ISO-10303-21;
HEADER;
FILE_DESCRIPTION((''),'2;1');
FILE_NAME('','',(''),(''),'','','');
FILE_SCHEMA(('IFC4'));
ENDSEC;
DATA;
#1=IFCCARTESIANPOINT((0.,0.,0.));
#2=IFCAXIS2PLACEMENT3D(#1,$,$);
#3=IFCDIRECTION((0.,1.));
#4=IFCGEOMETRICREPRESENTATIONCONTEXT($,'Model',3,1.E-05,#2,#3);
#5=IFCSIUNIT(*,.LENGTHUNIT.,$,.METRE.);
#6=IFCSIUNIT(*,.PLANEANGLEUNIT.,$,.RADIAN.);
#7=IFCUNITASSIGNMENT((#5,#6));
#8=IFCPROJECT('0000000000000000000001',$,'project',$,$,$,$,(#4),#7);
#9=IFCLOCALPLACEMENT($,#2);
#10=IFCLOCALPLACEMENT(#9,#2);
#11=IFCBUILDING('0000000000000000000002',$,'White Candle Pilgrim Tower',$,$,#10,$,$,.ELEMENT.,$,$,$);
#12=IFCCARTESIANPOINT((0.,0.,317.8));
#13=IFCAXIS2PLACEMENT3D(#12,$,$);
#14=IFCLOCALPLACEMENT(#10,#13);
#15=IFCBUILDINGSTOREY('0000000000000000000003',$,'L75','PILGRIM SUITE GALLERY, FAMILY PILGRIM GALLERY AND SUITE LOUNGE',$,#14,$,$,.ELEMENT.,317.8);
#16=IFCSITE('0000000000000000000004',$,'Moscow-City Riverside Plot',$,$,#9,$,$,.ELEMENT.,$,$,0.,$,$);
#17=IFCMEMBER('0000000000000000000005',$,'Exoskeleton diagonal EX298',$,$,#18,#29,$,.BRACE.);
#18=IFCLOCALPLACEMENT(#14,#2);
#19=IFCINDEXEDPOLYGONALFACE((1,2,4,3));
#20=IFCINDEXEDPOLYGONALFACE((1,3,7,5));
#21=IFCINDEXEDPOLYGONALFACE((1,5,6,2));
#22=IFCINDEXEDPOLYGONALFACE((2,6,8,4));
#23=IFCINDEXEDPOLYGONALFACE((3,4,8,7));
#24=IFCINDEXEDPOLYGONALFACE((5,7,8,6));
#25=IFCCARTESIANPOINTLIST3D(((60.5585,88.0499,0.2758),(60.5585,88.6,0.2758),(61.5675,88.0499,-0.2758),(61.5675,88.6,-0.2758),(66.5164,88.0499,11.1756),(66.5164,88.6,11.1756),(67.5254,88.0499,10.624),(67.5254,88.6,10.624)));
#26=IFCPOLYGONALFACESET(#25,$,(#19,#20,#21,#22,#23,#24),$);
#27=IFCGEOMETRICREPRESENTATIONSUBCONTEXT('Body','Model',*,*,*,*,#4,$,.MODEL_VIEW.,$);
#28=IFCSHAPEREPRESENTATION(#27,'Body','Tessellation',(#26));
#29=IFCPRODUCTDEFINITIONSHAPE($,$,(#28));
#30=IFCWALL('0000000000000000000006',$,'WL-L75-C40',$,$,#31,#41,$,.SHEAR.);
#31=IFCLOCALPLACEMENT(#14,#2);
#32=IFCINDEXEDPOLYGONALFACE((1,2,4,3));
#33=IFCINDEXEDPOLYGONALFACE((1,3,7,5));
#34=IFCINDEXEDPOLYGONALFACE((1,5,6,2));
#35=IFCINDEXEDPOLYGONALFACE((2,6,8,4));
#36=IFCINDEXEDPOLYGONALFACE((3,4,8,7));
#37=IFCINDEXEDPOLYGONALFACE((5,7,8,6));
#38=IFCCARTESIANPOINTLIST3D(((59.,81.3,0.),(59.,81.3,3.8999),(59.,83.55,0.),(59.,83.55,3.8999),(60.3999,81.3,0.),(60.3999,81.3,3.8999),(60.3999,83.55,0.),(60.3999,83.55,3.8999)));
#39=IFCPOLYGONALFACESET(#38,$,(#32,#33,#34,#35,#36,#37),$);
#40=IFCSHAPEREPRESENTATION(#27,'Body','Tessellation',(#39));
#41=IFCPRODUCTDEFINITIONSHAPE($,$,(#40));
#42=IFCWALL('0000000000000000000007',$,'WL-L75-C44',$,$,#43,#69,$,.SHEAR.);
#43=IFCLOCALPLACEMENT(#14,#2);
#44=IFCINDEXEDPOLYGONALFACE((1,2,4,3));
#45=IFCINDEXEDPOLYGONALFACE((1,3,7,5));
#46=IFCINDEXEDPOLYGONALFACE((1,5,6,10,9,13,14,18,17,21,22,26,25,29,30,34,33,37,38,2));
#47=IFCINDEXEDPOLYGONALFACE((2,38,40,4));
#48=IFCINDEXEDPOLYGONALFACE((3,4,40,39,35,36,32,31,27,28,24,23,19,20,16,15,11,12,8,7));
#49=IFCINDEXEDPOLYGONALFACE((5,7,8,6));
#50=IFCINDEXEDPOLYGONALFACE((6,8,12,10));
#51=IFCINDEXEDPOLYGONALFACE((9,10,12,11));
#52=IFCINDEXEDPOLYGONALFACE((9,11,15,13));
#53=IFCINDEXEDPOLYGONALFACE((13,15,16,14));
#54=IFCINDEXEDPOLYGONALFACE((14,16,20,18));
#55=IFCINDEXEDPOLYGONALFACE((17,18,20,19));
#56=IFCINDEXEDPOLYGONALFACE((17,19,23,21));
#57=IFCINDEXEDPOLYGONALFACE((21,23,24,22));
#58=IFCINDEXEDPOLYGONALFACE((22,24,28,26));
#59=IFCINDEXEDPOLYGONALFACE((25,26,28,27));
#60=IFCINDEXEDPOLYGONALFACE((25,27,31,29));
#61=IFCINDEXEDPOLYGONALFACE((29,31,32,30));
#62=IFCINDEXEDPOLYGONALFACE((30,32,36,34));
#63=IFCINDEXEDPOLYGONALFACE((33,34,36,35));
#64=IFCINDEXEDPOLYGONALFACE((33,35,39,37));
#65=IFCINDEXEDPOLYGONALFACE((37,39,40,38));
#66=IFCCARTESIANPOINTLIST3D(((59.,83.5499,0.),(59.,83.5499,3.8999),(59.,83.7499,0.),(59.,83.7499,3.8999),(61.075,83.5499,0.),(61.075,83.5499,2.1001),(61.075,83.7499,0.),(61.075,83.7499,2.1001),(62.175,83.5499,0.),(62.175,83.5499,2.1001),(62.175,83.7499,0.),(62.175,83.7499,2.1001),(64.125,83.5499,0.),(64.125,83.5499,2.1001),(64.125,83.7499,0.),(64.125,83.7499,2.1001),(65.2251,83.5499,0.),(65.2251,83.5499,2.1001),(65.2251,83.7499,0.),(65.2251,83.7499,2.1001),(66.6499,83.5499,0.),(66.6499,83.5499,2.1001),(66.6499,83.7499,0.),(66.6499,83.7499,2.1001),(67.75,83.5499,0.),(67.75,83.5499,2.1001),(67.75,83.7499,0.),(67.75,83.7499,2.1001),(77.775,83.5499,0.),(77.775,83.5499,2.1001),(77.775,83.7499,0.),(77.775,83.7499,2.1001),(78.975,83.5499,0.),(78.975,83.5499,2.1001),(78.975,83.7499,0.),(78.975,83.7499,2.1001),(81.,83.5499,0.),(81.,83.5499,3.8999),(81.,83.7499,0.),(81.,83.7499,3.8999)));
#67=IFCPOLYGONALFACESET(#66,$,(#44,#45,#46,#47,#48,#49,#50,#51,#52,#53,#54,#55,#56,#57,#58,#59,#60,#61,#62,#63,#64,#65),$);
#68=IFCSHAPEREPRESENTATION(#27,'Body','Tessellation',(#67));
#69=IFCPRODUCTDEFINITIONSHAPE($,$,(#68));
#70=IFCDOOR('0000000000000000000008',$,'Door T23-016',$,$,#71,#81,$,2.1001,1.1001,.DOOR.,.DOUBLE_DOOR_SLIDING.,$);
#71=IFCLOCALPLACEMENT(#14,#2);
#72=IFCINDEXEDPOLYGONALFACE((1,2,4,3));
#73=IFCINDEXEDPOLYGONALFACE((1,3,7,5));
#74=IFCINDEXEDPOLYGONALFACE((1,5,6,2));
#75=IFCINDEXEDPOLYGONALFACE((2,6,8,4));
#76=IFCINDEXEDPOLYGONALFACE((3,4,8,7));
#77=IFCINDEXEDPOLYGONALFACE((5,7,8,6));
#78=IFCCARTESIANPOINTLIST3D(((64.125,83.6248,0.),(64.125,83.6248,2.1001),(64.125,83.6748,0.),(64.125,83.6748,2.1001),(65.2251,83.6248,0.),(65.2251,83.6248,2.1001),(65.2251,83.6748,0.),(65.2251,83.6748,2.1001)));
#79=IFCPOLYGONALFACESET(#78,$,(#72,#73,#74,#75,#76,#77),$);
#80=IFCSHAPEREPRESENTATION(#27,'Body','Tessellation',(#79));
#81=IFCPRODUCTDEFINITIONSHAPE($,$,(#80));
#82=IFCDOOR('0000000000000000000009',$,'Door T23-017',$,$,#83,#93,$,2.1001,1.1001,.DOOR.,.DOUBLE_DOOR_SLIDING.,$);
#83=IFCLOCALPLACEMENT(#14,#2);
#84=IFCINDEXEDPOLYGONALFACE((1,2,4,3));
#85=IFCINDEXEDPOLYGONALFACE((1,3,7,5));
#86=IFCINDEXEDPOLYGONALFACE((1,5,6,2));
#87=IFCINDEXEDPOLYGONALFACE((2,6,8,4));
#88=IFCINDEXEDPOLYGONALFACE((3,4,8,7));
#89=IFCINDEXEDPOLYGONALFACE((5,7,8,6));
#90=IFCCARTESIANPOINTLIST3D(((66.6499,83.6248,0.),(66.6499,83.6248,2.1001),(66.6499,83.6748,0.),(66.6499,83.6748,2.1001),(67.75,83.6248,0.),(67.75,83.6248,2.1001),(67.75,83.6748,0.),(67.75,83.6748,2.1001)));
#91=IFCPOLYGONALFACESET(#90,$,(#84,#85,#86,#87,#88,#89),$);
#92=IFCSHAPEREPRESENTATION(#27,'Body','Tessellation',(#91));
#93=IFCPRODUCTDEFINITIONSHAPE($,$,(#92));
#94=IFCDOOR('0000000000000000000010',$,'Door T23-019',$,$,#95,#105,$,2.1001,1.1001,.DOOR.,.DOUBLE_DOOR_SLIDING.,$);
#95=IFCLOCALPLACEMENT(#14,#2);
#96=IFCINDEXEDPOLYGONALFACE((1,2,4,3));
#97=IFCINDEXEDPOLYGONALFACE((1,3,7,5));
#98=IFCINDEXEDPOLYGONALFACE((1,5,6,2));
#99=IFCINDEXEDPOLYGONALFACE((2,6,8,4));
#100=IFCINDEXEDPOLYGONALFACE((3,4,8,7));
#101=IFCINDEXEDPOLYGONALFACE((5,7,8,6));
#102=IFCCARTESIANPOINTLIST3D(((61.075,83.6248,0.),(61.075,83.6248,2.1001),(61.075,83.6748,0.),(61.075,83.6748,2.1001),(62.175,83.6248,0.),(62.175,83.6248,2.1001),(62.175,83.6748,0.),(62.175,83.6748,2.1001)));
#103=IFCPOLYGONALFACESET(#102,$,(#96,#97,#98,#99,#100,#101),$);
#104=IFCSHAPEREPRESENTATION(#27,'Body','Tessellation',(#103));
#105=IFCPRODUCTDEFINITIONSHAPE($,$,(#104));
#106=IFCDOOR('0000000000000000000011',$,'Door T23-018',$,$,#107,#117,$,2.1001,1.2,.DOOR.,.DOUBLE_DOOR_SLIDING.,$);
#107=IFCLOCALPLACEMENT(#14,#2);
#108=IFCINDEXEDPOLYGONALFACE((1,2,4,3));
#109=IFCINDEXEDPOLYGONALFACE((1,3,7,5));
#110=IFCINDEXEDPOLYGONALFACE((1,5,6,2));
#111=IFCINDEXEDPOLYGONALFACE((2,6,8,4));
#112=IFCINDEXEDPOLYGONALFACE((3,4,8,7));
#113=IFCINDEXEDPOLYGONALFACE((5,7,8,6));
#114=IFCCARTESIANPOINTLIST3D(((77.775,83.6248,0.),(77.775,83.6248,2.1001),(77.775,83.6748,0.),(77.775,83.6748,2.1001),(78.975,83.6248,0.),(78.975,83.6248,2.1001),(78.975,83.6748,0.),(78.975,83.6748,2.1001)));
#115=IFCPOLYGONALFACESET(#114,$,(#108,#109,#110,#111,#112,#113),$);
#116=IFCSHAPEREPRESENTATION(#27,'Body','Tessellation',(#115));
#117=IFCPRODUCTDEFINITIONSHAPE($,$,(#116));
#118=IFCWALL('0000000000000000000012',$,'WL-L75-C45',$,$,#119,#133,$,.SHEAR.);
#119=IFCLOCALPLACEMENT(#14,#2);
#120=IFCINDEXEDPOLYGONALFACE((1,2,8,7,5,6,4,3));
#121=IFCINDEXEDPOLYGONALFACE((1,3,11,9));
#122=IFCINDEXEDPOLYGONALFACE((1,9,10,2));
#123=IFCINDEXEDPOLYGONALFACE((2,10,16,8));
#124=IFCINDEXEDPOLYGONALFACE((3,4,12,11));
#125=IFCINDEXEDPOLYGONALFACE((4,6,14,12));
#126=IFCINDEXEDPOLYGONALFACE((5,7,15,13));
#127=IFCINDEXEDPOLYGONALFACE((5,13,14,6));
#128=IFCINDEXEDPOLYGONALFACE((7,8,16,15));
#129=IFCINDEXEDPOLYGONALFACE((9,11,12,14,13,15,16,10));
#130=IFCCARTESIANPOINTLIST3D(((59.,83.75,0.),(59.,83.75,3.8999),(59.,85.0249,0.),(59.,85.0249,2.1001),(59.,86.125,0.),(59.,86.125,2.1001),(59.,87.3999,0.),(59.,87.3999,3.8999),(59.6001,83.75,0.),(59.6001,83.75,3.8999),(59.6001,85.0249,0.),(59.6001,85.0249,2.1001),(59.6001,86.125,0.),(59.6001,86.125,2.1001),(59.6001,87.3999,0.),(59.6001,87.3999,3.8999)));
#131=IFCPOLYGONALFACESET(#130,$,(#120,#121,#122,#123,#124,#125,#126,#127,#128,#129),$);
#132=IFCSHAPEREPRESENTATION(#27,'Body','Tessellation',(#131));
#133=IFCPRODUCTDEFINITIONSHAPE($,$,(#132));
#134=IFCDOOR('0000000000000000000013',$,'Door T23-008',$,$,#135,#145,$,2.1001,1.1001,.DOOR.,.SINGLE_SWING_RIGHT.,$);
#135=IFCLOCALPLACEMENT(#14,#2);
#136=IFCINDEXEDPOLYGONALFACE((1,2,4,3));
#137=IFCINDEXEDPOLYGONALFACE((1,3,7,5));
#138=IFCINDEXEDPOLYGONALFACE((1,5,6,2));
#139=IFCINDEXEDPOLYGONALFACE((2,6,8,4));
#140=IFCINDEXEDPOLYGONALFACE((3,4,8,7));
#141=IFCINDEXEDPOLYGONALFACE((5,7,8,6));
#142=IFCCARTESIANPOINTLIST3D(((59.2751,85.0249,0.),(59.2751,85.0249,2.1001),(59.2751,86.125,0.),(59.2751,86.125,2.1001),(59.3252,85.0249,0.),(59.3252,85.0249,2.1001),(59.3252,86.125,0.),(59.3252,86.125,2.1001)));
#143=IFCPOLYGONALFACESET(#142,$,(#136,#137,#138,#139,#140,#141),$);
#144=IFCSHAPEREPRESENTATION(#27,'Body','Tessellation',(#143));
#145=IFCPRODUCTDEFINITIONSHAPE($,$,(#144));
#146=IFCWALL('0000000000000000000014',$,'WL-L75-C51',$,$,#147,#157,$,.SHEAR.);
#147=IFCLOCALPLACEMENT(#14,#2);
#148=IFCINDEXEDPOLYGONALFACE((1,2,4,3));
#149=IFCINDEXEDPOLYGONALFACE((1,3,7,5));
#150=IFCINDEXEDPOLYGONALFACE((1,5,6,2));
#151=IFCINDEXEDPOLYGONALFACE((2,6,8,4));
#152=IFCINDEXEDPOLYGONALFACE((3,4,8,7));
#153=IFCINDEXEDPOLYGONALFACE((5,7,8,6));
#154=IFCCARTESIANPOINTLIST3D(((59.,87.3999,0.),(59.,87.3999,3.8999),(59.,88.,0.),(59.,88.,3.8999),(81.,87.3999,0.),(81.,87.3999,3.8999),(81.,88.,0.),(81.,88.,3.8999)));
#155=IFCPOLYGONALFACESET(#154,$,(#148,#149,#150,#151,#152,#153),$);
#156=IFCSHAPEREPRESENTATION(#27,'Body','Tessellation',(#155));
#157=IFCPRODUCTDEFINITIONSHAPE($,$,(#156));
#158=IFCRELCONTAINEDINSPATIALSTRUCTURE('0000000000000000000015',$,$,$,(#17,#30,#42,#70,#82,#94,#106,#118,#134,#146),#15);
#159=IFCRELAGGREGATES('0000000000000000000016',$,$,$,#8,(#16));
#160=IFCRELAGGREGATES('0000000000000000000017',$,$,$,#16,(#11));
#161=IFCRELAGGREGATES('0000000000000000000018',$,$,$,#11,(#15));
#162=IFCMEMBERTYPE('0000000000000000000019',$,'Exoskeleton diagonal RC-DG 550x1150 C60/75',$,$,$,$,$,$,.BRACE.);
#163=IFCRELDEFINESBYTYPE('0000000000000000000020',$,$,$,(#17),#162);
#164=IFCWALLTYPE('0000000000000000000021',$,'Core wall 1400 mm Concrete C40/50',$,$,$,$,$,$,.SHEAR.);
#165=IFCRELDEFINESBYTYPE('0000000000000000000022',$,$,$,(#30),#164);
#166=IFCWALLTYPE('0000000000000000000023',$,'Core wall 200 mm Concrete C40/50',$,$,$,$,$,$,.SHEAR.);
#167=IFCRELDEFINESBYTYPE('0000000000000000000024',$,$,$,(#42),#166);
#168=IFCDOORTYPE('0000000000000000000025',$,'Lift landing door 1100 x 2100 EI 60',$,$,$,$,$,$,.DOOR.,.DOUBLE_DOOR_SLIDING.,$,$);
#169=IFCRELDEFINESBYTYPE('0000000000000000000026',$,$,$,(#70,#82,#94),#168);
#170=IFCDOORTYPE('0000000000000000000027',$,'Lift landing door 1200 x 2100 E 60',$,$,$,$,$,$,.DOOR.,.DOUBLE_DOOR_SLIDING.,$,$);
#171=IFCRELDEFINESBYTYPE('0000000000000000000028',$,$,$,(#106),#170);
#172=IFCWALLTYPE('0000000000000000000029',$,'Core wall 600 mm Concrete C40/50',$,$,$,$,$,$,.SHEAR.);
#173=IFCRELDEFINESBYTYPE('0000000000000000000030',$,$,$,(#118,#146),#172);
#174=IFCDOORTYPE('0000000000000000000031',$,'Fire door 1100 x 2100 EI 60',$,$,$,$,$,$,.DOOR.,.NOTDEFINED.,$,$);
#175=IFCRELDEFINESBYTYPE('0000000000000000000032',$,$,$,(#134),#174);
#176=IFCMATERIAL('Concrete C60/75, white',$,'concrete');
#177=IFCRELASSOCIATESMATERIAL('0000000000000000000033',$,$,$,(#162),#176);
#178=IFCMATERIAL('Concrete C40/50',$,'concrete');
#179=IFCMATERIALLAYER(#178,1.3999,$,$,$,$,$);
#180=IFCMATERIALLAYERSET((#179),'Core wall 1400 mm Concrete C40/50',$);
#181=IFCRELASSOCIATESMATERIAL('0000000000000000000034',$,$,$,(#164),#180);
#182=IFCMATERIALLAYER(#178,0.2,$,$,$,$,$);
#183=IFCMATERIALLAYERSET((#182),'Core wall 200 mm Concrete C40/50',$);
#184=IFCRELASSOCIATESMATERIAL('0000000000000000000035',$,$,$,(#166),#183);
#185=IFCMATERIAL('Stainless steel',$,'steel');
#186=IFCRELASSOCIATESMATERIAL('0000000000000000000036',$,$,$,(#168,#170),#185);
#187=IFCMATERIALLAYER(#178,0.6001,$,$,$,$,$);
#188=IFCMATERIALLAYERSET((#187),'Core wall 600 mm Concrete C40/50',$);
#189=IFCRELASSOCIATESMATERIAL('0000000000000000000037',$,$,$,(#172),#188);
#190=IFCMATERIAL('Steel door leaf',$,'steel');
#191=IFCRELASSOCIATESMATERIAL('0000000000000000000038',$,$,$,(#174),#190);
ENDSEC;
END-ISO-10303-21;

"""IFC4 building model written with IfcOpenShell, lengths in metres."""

from ifc_helpers import new_model, si_unit, direction, frame, frame_2d, origin, origin_2d, place, context, subcontext, project, spatial, rectangle, extrude, material, layer, layer_set, material_profile, profile_set, type_object, element, fill, save


model = new_model("IFC4")

# Units and contexts
model_context = context("Model", 3, precision=1e-05, world=origin(), true_north=direction((0.0, 1.0)))
body_context = subcontext(model_context, "Body", "Model", "MODEL_VIEW")
ifc_project = project(units=[si_unit("LENGTHUNIT", "METRE"), si_unit("PLANEANGLEUNIT", "RADIAN")], contexts=[model_context])

# Site, building, storey
site_placement = place(None, origin())
site = spatial("IfcSite", under=ifc_project, at=site_placement, Name="Moscow-City Riverside Plot", CompositionType="ELEMENT", RefElevation=0.0)
building_placement = place(site_placement, origin())
building = spatial("IfcBuilding", under=site, at=building_placement, Name="White Candle Pilgrim Tower", CompositionType="ELEMENT")
storey_placement = place(building_placement, frame((0.0, 0.0, 317.8)))
storey = spatial("IfcBuildingStorey", under=building, at=storey_placement, Name="L75", Description="PILGRIM SUITE GALLERY, FAMILY PILGRIM GALLERY AND SUITE LOUNGE", CompositionType="ELEMENT", Elevation=317.8)

# Member
ifc_material_1 = material(Name="Concrete C60/75, white", Category="concrete")
ifc_material_profile = material_profile(ifc_material_1, rectangle(XDim=0.55, YDim=1.1499, at=origin_2d()), Name="RC-DG 550x1150")
ifc_profile_set = profile_set([ifc_material_profile], Name="Concrete C60/75, white")
member_type = type_object("IfcMemberType", Name="Exoskeleton diagonal RC-DG 550x1150 C60/75", PredefinedType="BRACE", material=ifc_profile_set)
member_placement = place(storey_placement, frame((61.063, 88.325, 0.0), z_axis=(0.479634, 0.0, 0.877469), x_axis=(0.0, 1.0, 0.0)))
element("IfcMember", 1, at=member_placement, inside=storey, type_object=member_type, Name="Exoskeleton diagonal EX298", PredefinedType="BRACE", context=body_context, shape_type="SweptSolid", body=[
    extrude(rectangle(XDim=0.55, YDim=1.1499, at=origin_2d()), origin(), (0.0, 0.0, 1.0), 12.4219),
])

# Wall
ifc_material_2 = material(Name="Concrete C40/50", Category="concrete")
ifc_layer_1 = layer(ifc_material_2, 1.3999)
ifc_layer_set_1 = layer_set([ifc_layer_1], Name="Core wall 1400 mm Concrete C40/50")
wall_type_1 = type_object("IfcWallType", Name="Core wall 1400 mm Concrete C40/50", PredefinedType="SHEAR", material=ifc_layer_set_1)
wall_1_placement = place(storey_placement, frame((59.7, 81.3, 0.0), z_axis=(0.0, 0.0, 1.0), x_axis=(0.0, 1.0, 0.0)))
element("IfcWall", 2, at=wall_1_placement, inside=storey, type_object=wall_type_1, Name="WL-L75-C40", PredefinedType="SHEAR", context=body_context, shape_type="SweptSolid", body=[
    extrude(rectangle(XDim=2.25, YDim=1.3999, at=frame_2d((1.125, 0.0))), origin(), (0.0, 0.0, 1.0), 3.8999),
])

# Wall, openings, doors
ifc_layer_2 = layer(ifc_material_2, 0.2)
ifc_layer_set_2 = layer_set([ifc_layer_2], Name="Core wall 200 mm Concrete C40/50")
wall_type_2 = type_object("IfcWallType", Name="Core wall 200 mm Concrete C40/50", PredefinedType="SHEAR", material=ifc_layer_set_2)
wall_2_placement = place(storey_placement, frame((59.0, 83.6499, 0.0), z_axis=(0.0, 0.0, 1.0), x_axis=(1.0, 0.0, 0.0)))
wall_2 = element("IfcWall", 3, at=wall_2_placement, inside=storey, type_object=wall_type_2, Name="WL-L75-C44", PredefinedType="SHEAR", context=body_context, shape_type="SweptSolid", body=[
    extrude(rectangle(XDim=22.0, YDim=0.2, at=frame_2d((11.0, 0.0))), origin(), (0.0, 0.0, 1.0), 3.8999),
])
opening_1_placement = place(wall_2_placement, frame((5.125, 0.0, 0.0)))
opening_1 = element("IfcOpeningElement", 4, at=opening_1_placement, cuts=wall_2, PredefinedType="OPENING", context=body_context, shape_type="SweptSolid", body=[
    extrude(rectangle(XDim=1.1001, YDim=2.1001, at=frame_2d((0.55, 1.05))), frame((0.0, 0.1099, 0.0), z_axis=(0.0, -1.0, 0.0), x_axis=(1.0, 0.0, 0.0)), (0.0, 0.0, 1.0), 0.22),
])
opening_2_placement = place(wall_2_placement, frame((7.6499, 0.0, 0.0)))
opening_2 = element("IfcOpeningElement", 5, at=opening_2_placement, cuts=wall_2, PredefinedType="OPENING", context=body_context, shape_type="SweptSolid", body=[
    extrude(rectangle(XDim=1.1001, YDim=2.1001, at=frame_2d((0.55, 1.05))), frame((0.0, 0.1099, 0.0), z_axis=(0.0, -1.0, 0.0), x_axis=(1.0, 0.0, 0.0)), (0.0, 0.0, 1.0), 0.22),
])
opening_3_placement = place(wall_2_placement, frame((18.7749, 0.0, 0.0)))
opening_3 = element("IfcOpeningElement", 6, at=opening_3_placement, cuts=wall_2, PredefinedType="OPENING", context=body_context, shape_type="SweptSolid", body=[
    extrude(rectangle(XDim=1.2, YDim=2.1001, at=frame_2d((0.6001, 1.05))), frame((0.0, 0.1099, 0.0), z_axis=(0.0, -1.0, 0.0), x_axis=(1.0, 0.0, 0.0)), (0.0, 0.0, 1.0), 0.22),
])
opening_4_placement = place(wall_2_placement, frame((2.075, 0.0, 0.0)))
opening_4 = element("IfcOpeningElement", 7, at=opening_4_placement, cuts=wall_2, PredefinedType="OPENING", context=body_context, shape_type="SweptSolid", body=[
    extrude(rectangle(XDim=1.1001, YDim=2.1001, at=frame_2d((0.55, 1.05))), frame((0.0, 0.1099, 0.0), z_axis=(0.0, -1.0, 0.0), x_axis=(1.0, 0.0, 0.0)), (0.0, 0.0, 1.0), 0.22),
])
ifc_material_3 = material(Name="Stainless steel", Category="steel")
door_type_1 = type_object("IfcDoorType", Name="Lift landing door 1100 x 2100 EI 60", OperationType="DOUBLE_DOOR_SLIDING", PredefinedType="DOOR", material=ifc_material_3)
door_1_placement = place(opening_1_placement, origin())
door_1 = element("IfcDoor", 8, at=door_1_placement, inside=storey, type_object=door_type_1, Name="Door T23-016", OperationType="DOUBLE_DOOR_SLIDING", OverallHeight=2.1001, OverallWidth=1.1001, PredefinedType="DOOR", context=body_context, shape_type="SweptSolid", body=[
    extrude(rectangle(XDim=1.1001, YDim=2.1001, at=frame_2d((0.55, 1.05))), frame((0.0, 0.0249, 0.0), z_axis=(0.0, -1.0, 0.0), x_axis=(1.0, 0.0, 0.0)), (0.0, 0.0, 1.0), 0.05),
])
fill(opening_1, door_1)
door_2_placement = place(opening_2_placement, origin())
door_2 = element("IfcDoor", 9, at=door_2_placement, inside=storey, type_object=door_type_1, Name="Door T23-017", OperationType="DOUBLE_DOOR_SLIDING", OverallHeight=2.1001, OverallWidth=1.1001, PredefinedType="DOOR", context=body_context, shape_type="SweptSolid", body=[
    extrude(rectangle(XDim=1.1001, YDim=2.1001, at=frame_2d((0.55, 1.05))), frame((0.0, 0.0249, 0.0), z_axis=(0.0, -1.0, 0.0), x_axis=(1.0, 0.0, 0.0)), (0.0, 0.0, 1.0), 0.05),
])
fill(opening_2, door_2)
door_3_placement = place(opening_4_placement, origin())
door_3 = element("IfcDoor", 10, at=door_3_placement, inside=storey, type_object=door_type_1, Name="Door T23-019", OperationType="DOUBLE_DOOR_SLIDING", OverallHeight=2.1001, OverallWidth=1.1001, PredefinedType="DOOR", context=body_context, shape_type="SweptSolid", body=[
    extrude(rectangle(XDim=1.1001, YDim=2.1001, at=frame_2d((0.55, 1.05))), frame((0.0, 0.0249, 0.0), z_axis=(0.0, -1.0, 0.0), x_axis=(1.0, 0.0, 0.0)), (0.0, 0.0, 1.0), 0.05),
])
fill(opening_4, door_3)
door_type_2 = type_object("IfcDoorType", Name="Lift landing door 1200 x 2100 E 60", OperationType="DOUBLE_DOOR_SLIDING", PredefinedType="DOOR", material=ifc_material_3)
door_4_placement = place(opening_3_placement, origin())
door_4 = element("IfcDoor", 11, at=door_4_placement, inside=storey, type_object=door_type_2, Name="Door T23-018", OperationType="DOUBLE_DOOR_SLIDING", OverallHeight=2.1001, OverallWidth=1.2, PredefinedType="DOOR", context=body_context, shape_type="SweptSolid", body=[
    extrude(rectangle(XDim=1.2, YDim=2.1001, at=frame_2d((0.6001, 1.05))), frame((0.0, 0.0249, 0.0), z_axis=(0.0, -1.0, 0.0), x_axis=(1.0, 0.0, 0.0)), (0.0, 0.0, 1.0), 0.05),
])
fill(opening_3, door_4)

# Wall, opening, door
ifc_layer_3 = layer(ifc_material_2, 0.6001)
ifc_layer_set_3 = layer_set([ifc_layer_3], Name="Core wall 600 mm Concrete C40/50")
wall_type_3 = type_object("IfcWallType", Name="Core wall 600 mm Concrete C40/50", PredefinedType="SHEAR", material=ifc_layer_set_3)
wall_3_placement = place(storey_placement, frame((59.3, 83.75, 0.0), z_axis=(0.0, 0.0, 1.0), x_axis=(0.0, 1.0, 0.0)))
wall_3 = element("IfcWall", 12, at=wall_3_placement, inside=storey, type_object=wall_type_3, Name="WL-L75-C45", PredefinedType="SHEAR", context=body_context, shape_type="SweptSolid", body=[
    extrude(rectangle(XDim=3.6499, YDim=0.6001, at=frame_2d((1.825, 0.0))), origin(), (0.0, 0.0, 1.0), 3.8999),
])
opening_5_placement = place(wall_3_placement, frame((1.2749, 0.0, 0.0)))
opening_5 = element("IfcOpeningElement", 13, at=opening_5_placement, cuts=wall_3, PredefinedType="OPENING", context=body_context, shape_type="SweptSolid", body=[
    extrude(rectangle(XDim=1.1001, YDim=2.1001, at=frame_2d((0.55, 1.05))), frame((0.0, 0.3101, 0.0), z_axis=(0.0, -1.0, 0.0), x_axis=(1.0, 0.0, 0.0)), (0.0, 0.0, 1.0), 0.6201),
])
ifc_material_4 = material(Name="Steel door leaf", Category="steel")
door_type_3 = type_object("IfcDoorType", Name="Fire door 1100 x 2100 EI 60", OperationType="NOTDEFINED", PredefinedType="DOOR", material=ifc_material_4)
door_5_placement = place(opening_5_placement, origin())
door_5 = element("IfcDoor", 14, at=door_5_placement, inside=storey, type_object=door_type_3, Name="Door T23-008", OperationType="SINGLE_SWING_RIGHT", OverallHeight=2.1001, OverallWidth=1.1001, PredefinedType="DOOR", context=body_context, shape_type="SweptSolid", body=[
    extrude(rectangle(XDim=1.1001, YDim=2.1001, at=frame_2d((0.55, 1.05))), frame((0.0, 0.0249, 0.0), z_axis=(0.0, -1.0, 0.0), x_axis=(1.0, 0.0, 0.0)), (0.0, 0.0, 1.0), 0.05),
])
fill(opening_5, door_5)

# Wall
wall_4_placement = place(storey_placement, frame((59.0, 87.7, 0.0), z_axis=(0.0, 0.0, 1.0), x_axis=(1.0, 0.0, 0.0)))
element("IfcWall", 15, at=wall_4_placement, inside=storey, type_object=wall_type_3, Name="WL-L75-C51", PredefinedType="SHEAR", context=body_context, shape_type="SweptSolid", body=[
    extrude(rectangle(XDim=22.0, YDim=0.6001, at=frame_2d((11.0, 0.0))), origin(), (0.0, 0.0, 1.0), 3.8999),
])

save(model, "model.ifc")
